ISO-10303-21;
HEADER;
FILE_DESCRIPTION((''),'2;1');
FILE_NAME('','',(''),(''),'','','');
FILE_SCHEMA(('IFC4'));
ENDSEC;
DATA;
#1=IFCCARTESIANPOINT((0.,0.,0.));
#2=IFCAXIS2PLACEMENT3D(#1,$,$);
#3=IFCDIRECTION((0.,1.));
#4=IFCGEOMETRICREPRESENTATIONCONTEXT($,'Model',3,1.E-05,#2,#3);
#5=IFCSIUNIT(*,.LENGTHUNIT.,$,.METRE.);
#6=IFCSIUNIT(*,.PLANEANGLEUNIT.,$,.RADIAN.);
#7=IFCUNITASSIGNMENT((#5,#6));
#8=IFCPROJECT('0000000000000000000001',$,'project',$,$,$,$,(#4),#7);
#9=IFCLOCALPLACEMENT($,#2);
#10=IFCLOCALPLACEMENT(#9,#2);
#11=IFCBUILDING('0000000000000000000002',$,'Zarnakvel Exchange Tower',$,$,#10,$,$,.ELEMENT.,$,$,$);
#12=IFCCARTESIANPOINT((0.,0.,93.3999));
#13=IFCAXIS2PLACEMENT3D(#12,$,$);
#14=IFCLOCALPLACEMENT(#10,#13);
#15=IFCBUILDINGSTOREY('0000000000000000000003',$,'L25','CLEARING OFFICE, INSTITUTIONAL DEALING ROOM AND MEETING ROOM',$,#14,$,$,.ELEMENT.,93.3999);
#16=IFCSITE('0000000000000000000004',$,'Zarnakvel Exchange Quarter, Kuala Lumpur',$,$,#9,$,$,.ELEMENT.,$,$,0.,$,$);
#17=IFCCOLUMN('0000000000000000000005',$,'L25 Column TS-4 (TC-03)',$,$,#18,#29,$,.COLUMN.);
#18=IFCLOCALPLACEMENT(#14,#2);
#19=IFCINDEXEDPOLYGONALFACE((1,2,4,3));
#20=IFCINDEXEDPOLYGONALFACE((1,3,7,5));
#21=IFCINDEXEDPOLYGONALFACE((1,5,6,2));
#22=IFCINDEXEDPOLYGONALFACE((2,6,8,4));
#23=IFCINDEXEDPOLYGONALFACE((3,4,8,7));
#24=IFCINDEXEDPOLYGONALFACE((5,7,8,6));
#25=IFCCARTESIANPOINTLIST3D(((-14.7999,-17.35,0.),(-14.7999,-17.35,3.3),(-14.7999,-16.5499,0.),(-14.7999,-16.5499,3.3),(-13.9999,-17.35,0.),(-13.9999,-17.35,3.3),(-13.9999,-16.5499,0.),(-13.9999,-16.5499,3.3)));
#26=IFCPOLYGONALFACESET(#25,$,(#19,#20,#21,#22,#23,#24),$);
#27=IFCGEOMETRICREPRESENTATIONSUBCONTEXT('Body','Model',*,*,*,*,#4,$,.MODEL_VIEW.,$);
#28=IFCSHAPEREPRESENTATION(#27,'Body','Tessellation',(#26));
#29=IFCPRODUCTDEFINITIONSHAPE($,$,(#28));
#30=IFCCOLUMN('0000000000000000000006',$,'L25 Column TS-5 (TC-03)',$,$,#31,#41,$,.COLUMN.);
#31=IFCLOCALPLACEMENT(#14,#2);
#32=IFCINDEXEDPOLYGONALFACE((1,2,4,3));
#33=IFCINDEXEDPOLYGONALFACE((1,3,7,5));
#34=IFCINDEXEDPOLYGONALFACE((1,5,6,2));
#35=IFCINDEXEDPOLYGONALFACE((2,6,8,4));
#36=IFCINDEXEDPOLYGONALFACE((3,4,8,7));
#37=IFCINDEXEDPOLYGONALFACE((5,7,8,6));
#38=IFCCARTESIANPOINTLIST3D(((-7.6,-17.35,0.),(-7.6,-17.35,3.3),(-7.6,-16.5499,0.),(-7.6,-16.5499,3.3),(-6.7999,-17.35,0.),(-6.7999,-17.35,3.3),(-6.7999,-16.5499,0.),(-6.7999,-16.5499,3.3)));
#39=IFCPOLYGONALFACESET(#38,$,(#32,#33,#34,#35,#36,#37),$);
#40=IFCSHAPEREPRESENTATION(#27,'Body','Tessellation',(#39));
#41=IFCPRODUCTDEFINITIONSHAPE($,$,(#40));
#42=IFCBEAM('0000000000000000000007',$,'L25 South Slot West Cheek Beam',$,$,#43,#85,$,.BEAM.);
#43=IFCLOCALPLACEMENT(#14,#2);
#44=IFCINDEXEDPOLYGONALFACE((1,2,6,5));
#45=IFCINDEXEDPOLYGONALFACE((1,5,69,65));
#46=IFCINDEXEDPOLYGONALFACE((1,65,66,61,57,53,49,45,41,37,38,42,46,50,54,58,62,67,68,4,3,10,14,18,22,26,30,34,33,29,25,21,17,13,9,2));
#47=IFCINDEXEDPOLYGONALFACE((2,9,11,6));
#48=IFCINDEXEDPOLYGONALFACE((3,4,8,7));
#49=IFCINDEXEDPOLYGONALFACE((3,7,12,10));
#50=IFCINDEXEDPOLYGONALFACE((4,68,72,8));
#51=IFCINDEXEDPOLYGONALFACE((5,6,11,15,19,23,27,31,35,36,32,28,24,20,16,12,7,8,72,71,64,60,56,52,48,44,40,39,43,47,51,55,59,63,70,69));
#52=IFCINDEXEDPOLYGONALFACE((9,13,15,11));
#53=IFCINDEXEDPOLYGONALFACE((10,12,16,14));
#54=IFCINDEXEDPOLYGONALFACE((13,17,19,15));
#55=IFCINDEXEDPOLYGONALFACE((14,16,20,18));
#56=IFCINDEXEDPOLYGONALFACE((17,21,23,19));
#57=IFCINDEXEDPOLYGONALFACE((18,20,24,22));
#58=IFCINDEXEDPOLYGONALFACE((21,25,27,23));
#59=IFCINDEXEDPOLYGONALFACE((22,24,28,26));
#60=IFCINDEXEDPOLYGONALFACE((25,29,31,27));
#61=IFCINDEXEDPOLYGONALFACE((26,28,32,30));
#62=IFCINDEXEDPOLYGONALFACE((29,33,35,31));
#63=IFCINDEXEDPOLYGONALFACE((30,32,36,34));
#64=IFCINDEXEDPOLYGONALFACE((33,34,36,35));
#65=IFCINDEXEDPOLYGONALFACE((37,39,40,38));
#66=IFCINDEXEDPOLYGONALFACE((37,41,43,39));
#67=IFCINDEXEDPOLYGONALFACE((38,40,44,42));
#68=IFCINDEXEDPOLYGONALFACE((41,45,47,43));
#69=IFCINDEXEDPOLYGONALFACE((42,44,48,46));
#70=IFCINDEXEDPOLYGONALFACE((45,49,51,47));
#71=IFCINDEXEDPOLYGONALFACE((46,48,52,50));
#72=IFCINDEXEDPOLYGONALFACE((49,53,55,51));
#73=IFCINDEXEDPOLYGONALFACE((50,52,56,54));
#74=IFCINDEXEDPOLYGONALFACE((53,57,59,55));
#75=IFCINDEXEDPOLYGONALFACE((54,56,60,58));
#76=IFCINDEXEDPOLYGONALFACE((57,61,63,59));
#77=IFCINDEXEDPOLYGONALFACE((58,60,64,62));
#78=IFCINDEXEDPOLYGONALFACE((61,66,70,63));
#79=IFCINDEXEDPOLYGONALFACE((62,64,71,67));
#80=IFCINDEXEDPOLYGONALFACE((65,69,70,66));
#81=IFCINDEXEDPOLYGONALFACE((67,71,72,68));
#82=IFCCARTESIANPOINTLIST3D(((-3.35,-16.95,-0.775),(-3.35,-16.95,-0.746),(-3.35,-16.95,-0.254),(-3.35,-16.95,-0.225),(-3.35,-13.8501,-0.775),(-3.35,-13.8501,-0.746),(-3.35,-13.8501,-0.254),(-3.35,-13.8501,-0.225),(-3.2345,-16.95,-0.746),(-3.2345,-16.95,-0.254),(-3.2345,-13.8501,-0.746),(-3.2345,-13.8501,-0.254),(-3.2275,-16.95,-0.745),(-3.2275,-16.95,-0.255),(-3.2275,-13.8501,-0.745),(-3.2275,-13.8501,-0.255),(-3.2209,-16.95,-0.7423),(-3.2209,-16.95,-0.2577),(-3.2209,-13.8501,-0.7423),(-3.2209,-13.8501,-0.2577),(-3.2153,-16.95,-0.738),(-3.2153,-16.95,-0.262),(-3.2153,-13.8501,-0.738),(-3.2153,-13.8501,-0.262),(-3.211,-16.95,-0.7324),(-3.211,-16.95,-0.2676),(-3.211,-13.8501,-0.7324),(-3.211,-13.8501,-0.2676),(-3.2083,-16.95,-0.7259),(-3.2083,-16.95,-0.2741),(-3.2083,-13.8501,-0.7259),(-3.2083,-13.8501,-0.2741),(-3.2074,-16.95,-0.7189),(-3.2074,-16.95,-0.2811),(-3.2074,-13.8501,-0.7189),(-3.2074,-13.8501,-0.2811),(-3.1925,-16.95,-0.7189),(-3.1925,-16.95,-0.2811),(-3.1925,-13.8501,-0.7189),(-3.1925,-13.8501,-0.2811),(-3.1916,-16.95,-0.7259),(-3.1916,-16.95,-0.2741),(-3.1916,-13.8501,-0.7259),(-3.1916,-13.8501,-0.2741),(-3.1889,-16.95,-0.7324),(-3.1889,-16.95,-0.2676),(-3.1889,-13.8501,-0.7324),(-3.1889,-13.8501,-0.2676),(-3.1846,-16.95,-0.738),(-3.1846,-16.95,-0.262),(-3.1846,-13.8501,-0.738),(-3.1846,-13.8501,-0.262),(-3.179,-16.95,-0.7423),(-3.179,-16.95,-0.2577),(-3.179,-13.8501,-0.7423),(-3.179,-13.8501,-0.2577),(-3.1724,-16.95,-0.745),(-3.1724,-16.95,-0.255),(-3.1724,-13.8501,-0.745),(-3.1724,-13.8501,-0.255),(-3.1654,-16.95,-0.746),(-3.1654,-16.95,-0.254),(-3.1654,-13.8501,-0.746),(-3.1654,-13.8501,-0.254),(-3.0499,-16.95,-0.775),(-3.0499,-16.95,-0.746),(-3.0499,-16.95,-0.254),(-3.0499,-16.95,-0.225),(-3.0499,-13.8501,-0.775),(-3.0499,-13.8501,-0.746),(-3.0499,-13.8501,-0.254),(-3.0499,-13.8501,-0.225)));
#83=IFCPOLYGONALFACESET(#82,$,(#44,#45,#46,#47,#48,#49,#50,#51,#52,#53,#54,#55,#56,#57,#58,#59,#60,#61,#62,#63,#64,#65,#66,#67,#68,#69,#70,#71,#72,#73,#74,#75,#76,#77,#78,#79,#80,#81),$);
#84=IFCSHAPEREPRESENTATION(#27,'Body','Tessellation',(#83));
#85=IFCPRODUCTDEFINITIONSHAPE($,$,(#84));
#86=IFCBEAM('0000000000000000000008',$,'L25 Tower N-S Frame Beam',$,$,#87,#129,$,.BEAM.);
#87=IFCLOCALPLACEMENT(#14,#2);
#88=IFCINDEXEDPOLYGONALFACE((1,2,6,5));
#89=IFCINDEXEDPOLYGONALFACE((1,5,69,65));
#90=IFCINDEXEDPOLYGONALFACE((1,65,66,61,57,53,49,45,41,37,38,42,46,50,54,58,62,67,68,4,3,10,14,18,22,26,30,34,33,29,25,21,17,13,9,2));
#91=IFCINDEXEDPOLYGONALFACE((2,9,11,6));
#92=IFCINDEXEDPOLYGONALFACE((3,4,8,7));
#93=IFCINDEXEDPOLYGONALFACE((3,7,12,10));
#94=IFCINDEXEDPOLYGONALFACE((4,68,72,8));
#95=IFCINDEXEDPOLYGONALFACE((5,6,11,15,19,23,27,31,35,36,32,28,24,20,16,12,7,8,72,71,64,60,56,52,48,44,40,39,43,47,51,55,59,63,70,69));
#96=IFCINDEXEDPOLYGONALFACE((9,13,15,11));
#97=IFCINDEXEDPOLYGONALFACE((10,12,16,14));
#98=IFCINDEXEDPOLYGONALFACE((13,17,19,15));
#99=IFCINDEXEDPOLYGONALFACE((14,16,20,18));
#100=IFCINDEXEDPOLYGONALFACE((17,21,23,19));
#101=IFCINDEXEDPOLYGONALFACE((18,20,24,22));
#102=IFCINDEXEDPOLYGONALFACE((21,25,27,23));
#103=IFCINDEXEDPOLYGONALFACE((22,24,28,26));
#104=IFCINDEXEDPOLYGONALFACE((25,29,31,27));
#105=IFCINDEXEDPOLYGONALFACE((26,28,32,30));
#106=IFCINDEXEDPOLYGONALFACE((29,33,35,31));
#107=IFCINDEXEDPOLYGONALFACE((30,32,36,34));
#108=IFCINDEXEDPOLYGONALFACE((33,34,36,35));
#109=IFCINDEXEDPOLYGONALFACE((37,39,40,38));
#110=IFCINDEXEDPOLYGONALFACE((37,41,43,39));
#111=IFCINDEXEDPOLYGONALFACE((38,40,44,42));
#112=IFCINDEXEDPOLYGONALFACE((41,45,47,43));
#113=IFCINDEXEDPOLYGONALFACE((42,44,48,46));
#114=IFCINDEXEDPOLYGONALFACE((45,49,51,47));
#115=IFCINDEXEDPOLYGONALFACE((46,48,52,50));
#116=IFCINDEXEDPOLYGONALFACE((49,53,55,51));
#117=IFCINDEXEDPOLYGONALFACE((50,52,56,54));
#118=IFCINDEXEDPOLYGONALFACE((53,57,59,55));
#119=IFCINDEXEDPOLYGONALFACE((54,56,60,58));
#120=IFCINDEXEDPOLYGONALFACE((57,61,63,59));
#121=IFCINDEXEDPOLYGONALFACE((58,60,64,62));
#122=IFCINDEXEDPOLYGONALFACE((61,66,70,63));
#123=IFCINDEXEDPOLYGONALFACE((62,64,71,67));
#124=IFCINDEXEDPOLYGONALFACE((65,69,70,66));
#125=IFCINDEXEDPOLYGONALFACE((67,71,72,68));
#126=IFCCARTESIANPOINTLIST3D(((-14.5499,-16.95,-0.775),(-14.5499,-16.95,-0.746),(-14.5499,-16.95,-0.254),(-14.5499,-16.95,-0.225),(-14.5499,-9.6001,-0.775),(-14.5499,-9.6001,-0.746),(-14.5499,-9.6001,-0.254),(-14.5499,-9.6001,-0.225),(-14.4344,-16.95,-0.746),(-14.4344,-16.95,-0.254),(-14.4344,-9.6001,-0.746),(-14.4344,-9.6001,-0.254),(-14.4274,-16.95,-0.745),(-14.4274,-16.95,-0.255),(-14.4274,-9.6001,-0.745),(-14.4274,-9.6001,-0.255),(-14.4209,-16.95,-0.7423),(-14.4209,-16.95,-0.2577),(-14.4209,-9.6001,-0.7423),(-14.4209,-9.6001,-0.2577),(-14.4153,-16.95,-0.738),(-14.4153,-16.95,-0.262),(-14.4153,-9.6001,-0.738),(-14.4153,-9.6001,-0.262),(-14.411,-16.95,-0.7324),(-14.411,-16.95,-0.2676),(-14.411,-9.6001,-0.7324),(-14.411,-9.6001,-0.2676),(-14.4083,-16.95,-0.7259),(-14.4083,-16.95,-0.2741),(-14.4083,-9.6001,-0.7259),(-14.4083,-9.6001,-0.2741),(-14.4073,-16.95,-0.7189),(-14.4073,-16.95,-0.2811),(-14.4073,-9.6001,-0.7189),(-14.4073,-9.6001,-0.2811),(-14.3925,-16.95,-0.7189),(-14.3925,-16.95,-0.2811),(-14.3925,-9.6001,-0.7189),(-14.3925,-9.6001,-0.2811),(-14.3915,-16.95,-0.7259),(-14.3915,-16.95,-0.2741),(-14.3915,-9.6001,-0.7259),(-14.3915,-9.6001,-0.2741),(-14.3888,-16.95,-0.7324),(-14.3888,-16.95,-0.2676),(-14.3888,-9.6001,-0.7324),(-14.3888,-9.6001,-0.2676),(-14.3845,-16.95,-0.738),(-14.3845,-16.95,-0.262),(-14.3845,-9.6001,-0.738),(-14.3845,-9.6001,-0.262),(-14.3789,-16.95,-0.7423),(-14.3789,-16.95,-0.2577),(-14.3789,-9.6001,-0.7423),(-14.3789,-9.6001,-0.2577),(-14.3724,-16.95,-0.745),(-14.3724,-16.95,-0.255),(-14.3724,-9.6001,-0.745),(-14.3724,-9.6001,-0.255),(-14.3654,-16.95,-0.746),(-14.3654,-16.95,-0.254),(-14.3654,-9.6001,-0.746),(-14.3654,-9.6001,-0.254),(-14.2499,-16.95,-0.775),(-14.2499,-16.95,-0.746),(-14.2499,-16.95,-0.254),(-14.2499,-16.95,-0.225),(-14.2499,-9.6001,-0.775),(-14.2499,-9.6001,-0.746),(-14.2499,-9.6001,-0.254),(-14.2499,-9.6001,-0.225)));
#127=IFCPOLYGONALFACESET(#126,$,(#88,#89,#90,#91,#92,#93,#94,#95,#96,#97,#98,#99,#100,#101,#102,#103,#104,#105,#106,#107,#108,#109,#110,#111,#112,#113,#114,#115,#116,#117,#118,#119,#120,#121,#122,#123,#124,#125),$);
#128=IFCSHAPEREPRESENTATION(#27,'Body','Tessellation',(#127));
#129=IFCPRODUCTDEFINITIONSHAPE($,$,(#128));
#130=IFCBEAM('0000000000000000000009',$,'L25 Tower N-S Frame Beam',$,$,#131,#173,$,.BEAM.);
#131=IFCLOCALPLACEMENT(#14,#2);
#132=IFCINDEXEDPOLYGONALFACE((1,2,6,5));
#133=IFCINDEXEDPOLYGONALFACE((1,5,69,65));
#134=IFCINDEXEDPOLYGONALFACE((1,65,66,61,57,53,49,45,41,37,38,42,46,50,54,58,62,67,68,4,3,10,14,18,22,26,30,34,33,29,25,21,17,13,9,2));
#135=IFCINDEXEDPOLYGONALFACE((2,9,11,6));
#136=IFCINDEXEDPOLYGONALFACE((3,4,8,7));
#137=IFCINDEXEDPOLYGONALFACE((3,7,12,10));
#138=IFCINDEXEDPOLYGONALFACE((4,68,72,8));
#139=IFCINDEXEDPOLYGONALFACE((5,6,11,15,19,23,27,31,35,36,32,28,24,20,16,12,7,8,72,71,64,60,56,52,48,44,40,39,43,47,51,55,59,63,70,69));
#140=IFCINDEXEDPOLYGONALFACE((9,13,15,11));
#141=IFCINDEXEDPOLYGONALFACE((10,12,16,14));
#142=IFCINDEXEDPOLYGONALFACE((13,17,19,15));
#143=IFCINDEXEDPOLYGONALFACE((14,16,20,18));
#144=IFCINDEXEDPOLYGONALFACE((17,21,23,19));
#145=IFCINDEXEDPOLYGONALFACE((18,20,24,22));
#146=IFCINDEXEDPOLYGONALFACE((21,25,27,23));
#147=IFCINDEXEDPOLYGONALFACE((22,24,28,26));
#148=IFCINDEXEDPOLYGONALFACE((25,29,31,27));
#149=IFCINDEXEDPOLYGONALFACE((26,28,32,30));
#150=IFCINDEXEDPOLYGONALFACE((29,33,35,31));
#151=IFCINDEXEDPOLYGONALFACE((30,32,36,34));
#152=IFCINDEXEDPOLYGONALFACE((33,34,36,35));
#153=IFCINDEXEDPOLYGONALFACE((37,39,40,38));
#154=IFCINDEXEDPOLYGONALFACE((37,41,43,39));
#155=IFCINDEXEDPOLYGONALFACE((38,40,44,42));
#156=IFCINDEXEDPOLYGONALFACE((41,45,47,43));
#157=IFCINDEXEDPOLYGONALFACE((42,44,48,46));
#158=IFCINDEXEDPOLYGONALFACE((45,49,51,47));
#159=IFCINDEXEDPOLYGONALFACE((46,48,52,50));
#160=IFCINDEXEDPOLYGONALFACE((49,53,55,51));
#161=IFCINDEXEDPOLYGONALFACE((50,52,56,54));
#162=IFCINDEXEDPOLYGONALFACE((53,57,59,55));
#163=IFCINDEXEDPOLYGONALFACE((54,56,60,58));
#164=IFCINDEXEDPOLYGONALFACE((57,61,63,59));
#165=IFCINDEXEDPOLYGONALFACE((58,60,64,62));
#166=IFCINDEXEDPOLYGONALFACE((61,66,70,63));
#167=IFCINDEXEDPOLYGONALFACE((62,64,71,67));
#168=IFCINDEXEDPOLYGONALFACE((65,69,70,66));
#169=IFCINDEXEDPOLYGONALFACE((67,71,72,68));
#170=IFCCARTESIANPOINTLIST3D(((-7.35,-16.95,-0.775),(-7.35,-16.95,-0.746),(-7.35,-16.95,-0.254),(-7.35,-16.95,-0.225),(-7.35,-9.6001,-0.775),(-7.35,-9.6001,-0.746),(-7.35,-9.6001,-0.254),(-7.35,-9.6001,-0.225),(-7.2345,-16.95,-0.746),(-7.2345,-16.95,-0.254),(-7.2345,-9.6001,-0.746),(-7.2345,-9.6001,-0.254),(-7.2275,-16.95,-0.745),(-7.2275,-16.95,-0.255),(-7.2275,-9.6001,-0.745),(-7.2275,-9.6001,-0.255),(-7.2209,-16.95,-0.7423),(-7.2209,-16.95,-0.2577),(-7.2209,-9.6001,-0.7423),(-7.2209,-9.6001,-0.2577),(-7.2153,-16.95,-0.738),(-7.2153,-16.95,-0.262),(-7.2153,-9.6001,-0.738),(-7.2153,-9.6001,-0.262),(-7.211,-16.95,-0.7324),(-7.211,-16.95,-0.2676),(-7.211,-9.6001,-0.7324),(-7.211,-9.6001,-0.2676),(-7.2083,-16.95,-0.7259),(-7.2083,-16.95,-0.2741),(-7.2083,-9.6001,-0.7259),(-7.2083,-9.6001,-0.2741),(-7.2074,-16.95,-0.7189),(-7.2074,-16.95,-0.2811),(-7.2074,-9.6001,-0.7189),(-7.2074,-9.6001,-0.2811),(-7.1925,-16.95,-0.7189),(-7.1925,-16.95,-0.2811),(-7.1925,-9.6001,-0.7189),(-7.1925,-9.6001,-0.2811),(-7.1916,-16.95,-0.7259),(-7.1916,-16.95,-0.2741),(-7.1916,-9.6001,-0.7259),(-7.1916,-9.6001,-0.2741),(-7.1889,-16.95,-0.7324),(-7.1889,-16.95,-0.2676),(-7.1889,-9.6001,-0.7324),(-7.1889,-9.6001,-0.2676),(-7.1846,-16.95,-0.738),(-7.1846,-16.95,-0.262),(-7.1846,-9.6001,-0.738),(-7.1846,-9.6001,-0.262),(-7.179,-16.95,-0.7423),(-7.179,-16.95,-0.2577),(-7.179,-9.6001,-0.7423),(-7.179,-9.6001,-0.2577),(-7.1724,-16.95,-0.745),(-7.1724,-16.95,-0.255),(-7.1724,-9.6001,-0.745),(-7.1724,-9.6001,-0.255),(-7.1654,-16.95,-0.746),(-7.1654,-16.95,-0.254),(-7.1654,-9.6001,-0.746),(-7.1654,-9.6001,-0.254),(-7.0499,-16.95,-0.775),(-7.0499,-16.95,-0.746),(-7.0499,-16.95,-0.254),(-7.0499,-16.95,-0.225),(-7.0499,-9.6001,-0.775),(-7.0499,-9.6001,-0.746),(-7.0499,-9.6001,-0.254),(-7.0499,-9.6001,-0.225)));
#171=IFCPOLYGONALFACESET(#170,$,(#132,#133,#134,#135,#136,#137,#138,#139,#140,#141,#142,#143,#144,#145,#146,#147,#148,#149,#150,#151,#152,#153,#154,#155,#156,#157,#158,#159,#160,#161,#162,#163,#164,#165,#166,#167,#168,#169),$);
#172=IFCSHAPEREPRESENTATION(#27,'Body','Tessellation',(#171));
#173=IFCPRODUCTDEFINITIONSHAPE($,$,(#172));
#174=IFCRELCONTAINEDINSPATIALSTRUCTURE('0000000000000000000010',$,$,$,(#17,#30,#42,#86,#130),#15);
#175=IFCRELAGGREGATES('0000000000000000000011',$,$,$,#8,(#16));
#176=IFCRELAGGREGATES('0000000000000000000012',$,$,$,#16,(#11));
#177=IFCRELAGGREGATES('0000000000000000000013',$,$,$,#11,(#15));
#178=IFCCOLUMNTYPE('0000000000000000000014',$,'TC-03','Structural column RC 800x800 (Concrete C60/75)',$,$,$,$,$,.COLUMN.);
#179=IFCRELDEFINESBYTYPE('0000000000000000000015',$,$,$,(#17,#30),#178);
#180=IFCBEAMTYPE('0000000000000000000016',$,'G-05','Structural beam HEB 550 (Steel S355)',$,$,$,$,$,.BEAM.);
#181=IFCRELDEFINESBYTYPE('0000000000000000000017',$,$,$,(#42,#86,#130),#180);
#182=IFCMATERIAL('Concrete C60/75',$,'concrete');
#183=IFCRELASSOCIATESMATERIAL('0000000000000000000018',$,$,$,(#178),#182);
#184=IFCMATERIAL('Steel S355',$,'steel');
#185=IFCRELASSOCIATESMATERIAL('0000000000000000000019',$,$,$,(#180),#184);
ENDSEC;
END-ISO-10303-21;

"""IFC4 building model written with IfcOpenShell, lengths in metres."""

from ifc_helpers import new_model, si_unit, direction, frame, origin, origin_2d, place, context, subcontext, project, spatial, rectangle, i_section, extrude, material, material_profile, profile_set, type_object, element, save


model = new_model("IFC4")

# Units and contexts
model_context = context("Model", 3, precision=1e-05, world=origin(), true_north=direction((0.0, 1.0)))
body_context = subcontext(model_context, "Body", "Model", "MODEL_VIEW")
ifc_project = project(units=[si_unit("LENGTHUNIT", "METRE"), si_unit("PLANEANGLEUNIT", "RADIAN")], contexts=[model_context])

# Site, building, storey
site_placement = place(None, origin())
site = spatial("IfcSite", under=ifc_project, at=site_placement, Name="Zarnakvel Exchange Quarter, Kuala Lumpur", CompositionType="ELEMENT", RefElevation=0.0)
building_placement = place(site_placement, origin())
building = spatial("IfcBuilding", under=site, at=building_placement, Name="Zarnakvel Exchange Tower", CompositionType="ELEMENT")
storey_placement = place(building_placement, frame((0.0, 0.0, 93.3999)))
storey = spatial("IfcBuildingStorey", under=building, at=storey_placement, Name="L25", Description="CLEARING OFFICE, INSTITUTIONAL DEALING ROOM AND MEETING ROOM", CompositionType="ELEMENT", Elevation=93.3999)

# Columns
ifc_material_1 = material(Name="Concrete C60/75", Category="concrete")
ifc_material_profile_1 = material_profile(ifc_material_1, rectangle(XDim=0.8, YDim=0.8, at=origin_2d()))
ifc_profile_set_1 = profile_set([ifc_material_profile_1], Name="Concrete C60/75")
column_type = type_object("IfcColumnType", Name="TC-03", Description="Structural column RC 800x800 (Concrete C60/75)", PredefinedType="COLUMN", material=ifc_profile_set_1)
for number, where, z_axis, x_axis, name in (
    (1, (-14.3999, -16.95, 0.0), (0.0, 0.0, 1.0), (1.0, 0.0, 0.0), "L25 Column TS-4 (TC-03)"),
    (2, (-7.2, -16.95, 0.0), (0.0, 0.0, 1.0), (1.0, 0.0, 0.0), "L25 Column TS-5 (TC-03)"),
):
    element("IfcColumn", number, at=place(storey_placement, frame(where, z_axis=z_axis, x_axis=x_axis)), inside=storey, type_object=column_type, Name=name, PredefinedType="COLUMN", context=body_context, shape_type="SweptSolid", body=[
        extrude(rectangle(XDim=0.8, YDim=0.8, at=origin_2d()), origin(), (0.0, 0.0, 1.0), 3.3),
    ])

# Beams
ifc_material_2 = material(Name="Steel S355", Category="steel")
ifc_material_profile_2 = material_profile(ifc_material_2, i_section(OverallWidth=0.3, OverallDepth=0.55, WebThickness=0.0149, FlangeThickness=0.0291, FilletRadius=0.0271, at=origin_2d()))
ifc_profile_set_2 = profile_set([ifc_material_profile_2], Name="Steel S355")
beam_type_1 = type_object("IfcBeamType", Name="G-05", Description="Structural beam HEB 550 (Steel S355)", PredefinedType="BEAM", material=ifc_profile_set_2)
beam_1_placement = place(storey_placement, frame((-3.2, -16.95, -0.5), z_axis=(0.0, 1.0, 0.0), x_axis=(-1.0, 0.0, 0.0)))
element("IfcBeam", 3, at=beam_1_placement, inside=storey, type_object=beam_type_1, Name="L25 South Slot West Cheek Beam", PredefinedType="BEAM", context=body_context, shape_type="SweptSolid", body=[
    extrude(i_section(OverallWidth=0.3, OverallDepth=0.55, WebThickness=0.0149, FlangeThickness=0.0291, FilletRadius=0.0271, at=origin_2d()), origin(), (0.0, 0.0, 1.0), 3.0999),
])
for number, where, z_axis, x_axis, name in (
    (4, (-14.3999, -16.95, -0.5), (0.0, 1.0, 0.0), (-1.0, 0.0, 0.0), "L25 Tower N-S Frame Beam"),
    (5, (-7.2, -16.95, -0.5), (0.0, 1.0, 0.0), (-1.0, 0.0, 0.0), "L25 Tower N-S Frame Beam"),
):
    element("IfcBeam", number, at=place(storey_placement, frame(where, z_axis=z_axis, x_axis=x_axis)), inside=storey, type_object=beam_type_1, Name=name, PredefinedType="BEAM", context=body_context, shape_type="SweptSolid", body=[
        extrude(i_section(OverallWidth=0.3, OverallDepth=0.55, WebThickness=0.0149, FlangeThickness=0.0291, FilletRadius=0.0271, at=origin_2d()), origin(), (0.0, 0.0, 1.0), 7.3499),
    ])

save(model, "model.ifc")
